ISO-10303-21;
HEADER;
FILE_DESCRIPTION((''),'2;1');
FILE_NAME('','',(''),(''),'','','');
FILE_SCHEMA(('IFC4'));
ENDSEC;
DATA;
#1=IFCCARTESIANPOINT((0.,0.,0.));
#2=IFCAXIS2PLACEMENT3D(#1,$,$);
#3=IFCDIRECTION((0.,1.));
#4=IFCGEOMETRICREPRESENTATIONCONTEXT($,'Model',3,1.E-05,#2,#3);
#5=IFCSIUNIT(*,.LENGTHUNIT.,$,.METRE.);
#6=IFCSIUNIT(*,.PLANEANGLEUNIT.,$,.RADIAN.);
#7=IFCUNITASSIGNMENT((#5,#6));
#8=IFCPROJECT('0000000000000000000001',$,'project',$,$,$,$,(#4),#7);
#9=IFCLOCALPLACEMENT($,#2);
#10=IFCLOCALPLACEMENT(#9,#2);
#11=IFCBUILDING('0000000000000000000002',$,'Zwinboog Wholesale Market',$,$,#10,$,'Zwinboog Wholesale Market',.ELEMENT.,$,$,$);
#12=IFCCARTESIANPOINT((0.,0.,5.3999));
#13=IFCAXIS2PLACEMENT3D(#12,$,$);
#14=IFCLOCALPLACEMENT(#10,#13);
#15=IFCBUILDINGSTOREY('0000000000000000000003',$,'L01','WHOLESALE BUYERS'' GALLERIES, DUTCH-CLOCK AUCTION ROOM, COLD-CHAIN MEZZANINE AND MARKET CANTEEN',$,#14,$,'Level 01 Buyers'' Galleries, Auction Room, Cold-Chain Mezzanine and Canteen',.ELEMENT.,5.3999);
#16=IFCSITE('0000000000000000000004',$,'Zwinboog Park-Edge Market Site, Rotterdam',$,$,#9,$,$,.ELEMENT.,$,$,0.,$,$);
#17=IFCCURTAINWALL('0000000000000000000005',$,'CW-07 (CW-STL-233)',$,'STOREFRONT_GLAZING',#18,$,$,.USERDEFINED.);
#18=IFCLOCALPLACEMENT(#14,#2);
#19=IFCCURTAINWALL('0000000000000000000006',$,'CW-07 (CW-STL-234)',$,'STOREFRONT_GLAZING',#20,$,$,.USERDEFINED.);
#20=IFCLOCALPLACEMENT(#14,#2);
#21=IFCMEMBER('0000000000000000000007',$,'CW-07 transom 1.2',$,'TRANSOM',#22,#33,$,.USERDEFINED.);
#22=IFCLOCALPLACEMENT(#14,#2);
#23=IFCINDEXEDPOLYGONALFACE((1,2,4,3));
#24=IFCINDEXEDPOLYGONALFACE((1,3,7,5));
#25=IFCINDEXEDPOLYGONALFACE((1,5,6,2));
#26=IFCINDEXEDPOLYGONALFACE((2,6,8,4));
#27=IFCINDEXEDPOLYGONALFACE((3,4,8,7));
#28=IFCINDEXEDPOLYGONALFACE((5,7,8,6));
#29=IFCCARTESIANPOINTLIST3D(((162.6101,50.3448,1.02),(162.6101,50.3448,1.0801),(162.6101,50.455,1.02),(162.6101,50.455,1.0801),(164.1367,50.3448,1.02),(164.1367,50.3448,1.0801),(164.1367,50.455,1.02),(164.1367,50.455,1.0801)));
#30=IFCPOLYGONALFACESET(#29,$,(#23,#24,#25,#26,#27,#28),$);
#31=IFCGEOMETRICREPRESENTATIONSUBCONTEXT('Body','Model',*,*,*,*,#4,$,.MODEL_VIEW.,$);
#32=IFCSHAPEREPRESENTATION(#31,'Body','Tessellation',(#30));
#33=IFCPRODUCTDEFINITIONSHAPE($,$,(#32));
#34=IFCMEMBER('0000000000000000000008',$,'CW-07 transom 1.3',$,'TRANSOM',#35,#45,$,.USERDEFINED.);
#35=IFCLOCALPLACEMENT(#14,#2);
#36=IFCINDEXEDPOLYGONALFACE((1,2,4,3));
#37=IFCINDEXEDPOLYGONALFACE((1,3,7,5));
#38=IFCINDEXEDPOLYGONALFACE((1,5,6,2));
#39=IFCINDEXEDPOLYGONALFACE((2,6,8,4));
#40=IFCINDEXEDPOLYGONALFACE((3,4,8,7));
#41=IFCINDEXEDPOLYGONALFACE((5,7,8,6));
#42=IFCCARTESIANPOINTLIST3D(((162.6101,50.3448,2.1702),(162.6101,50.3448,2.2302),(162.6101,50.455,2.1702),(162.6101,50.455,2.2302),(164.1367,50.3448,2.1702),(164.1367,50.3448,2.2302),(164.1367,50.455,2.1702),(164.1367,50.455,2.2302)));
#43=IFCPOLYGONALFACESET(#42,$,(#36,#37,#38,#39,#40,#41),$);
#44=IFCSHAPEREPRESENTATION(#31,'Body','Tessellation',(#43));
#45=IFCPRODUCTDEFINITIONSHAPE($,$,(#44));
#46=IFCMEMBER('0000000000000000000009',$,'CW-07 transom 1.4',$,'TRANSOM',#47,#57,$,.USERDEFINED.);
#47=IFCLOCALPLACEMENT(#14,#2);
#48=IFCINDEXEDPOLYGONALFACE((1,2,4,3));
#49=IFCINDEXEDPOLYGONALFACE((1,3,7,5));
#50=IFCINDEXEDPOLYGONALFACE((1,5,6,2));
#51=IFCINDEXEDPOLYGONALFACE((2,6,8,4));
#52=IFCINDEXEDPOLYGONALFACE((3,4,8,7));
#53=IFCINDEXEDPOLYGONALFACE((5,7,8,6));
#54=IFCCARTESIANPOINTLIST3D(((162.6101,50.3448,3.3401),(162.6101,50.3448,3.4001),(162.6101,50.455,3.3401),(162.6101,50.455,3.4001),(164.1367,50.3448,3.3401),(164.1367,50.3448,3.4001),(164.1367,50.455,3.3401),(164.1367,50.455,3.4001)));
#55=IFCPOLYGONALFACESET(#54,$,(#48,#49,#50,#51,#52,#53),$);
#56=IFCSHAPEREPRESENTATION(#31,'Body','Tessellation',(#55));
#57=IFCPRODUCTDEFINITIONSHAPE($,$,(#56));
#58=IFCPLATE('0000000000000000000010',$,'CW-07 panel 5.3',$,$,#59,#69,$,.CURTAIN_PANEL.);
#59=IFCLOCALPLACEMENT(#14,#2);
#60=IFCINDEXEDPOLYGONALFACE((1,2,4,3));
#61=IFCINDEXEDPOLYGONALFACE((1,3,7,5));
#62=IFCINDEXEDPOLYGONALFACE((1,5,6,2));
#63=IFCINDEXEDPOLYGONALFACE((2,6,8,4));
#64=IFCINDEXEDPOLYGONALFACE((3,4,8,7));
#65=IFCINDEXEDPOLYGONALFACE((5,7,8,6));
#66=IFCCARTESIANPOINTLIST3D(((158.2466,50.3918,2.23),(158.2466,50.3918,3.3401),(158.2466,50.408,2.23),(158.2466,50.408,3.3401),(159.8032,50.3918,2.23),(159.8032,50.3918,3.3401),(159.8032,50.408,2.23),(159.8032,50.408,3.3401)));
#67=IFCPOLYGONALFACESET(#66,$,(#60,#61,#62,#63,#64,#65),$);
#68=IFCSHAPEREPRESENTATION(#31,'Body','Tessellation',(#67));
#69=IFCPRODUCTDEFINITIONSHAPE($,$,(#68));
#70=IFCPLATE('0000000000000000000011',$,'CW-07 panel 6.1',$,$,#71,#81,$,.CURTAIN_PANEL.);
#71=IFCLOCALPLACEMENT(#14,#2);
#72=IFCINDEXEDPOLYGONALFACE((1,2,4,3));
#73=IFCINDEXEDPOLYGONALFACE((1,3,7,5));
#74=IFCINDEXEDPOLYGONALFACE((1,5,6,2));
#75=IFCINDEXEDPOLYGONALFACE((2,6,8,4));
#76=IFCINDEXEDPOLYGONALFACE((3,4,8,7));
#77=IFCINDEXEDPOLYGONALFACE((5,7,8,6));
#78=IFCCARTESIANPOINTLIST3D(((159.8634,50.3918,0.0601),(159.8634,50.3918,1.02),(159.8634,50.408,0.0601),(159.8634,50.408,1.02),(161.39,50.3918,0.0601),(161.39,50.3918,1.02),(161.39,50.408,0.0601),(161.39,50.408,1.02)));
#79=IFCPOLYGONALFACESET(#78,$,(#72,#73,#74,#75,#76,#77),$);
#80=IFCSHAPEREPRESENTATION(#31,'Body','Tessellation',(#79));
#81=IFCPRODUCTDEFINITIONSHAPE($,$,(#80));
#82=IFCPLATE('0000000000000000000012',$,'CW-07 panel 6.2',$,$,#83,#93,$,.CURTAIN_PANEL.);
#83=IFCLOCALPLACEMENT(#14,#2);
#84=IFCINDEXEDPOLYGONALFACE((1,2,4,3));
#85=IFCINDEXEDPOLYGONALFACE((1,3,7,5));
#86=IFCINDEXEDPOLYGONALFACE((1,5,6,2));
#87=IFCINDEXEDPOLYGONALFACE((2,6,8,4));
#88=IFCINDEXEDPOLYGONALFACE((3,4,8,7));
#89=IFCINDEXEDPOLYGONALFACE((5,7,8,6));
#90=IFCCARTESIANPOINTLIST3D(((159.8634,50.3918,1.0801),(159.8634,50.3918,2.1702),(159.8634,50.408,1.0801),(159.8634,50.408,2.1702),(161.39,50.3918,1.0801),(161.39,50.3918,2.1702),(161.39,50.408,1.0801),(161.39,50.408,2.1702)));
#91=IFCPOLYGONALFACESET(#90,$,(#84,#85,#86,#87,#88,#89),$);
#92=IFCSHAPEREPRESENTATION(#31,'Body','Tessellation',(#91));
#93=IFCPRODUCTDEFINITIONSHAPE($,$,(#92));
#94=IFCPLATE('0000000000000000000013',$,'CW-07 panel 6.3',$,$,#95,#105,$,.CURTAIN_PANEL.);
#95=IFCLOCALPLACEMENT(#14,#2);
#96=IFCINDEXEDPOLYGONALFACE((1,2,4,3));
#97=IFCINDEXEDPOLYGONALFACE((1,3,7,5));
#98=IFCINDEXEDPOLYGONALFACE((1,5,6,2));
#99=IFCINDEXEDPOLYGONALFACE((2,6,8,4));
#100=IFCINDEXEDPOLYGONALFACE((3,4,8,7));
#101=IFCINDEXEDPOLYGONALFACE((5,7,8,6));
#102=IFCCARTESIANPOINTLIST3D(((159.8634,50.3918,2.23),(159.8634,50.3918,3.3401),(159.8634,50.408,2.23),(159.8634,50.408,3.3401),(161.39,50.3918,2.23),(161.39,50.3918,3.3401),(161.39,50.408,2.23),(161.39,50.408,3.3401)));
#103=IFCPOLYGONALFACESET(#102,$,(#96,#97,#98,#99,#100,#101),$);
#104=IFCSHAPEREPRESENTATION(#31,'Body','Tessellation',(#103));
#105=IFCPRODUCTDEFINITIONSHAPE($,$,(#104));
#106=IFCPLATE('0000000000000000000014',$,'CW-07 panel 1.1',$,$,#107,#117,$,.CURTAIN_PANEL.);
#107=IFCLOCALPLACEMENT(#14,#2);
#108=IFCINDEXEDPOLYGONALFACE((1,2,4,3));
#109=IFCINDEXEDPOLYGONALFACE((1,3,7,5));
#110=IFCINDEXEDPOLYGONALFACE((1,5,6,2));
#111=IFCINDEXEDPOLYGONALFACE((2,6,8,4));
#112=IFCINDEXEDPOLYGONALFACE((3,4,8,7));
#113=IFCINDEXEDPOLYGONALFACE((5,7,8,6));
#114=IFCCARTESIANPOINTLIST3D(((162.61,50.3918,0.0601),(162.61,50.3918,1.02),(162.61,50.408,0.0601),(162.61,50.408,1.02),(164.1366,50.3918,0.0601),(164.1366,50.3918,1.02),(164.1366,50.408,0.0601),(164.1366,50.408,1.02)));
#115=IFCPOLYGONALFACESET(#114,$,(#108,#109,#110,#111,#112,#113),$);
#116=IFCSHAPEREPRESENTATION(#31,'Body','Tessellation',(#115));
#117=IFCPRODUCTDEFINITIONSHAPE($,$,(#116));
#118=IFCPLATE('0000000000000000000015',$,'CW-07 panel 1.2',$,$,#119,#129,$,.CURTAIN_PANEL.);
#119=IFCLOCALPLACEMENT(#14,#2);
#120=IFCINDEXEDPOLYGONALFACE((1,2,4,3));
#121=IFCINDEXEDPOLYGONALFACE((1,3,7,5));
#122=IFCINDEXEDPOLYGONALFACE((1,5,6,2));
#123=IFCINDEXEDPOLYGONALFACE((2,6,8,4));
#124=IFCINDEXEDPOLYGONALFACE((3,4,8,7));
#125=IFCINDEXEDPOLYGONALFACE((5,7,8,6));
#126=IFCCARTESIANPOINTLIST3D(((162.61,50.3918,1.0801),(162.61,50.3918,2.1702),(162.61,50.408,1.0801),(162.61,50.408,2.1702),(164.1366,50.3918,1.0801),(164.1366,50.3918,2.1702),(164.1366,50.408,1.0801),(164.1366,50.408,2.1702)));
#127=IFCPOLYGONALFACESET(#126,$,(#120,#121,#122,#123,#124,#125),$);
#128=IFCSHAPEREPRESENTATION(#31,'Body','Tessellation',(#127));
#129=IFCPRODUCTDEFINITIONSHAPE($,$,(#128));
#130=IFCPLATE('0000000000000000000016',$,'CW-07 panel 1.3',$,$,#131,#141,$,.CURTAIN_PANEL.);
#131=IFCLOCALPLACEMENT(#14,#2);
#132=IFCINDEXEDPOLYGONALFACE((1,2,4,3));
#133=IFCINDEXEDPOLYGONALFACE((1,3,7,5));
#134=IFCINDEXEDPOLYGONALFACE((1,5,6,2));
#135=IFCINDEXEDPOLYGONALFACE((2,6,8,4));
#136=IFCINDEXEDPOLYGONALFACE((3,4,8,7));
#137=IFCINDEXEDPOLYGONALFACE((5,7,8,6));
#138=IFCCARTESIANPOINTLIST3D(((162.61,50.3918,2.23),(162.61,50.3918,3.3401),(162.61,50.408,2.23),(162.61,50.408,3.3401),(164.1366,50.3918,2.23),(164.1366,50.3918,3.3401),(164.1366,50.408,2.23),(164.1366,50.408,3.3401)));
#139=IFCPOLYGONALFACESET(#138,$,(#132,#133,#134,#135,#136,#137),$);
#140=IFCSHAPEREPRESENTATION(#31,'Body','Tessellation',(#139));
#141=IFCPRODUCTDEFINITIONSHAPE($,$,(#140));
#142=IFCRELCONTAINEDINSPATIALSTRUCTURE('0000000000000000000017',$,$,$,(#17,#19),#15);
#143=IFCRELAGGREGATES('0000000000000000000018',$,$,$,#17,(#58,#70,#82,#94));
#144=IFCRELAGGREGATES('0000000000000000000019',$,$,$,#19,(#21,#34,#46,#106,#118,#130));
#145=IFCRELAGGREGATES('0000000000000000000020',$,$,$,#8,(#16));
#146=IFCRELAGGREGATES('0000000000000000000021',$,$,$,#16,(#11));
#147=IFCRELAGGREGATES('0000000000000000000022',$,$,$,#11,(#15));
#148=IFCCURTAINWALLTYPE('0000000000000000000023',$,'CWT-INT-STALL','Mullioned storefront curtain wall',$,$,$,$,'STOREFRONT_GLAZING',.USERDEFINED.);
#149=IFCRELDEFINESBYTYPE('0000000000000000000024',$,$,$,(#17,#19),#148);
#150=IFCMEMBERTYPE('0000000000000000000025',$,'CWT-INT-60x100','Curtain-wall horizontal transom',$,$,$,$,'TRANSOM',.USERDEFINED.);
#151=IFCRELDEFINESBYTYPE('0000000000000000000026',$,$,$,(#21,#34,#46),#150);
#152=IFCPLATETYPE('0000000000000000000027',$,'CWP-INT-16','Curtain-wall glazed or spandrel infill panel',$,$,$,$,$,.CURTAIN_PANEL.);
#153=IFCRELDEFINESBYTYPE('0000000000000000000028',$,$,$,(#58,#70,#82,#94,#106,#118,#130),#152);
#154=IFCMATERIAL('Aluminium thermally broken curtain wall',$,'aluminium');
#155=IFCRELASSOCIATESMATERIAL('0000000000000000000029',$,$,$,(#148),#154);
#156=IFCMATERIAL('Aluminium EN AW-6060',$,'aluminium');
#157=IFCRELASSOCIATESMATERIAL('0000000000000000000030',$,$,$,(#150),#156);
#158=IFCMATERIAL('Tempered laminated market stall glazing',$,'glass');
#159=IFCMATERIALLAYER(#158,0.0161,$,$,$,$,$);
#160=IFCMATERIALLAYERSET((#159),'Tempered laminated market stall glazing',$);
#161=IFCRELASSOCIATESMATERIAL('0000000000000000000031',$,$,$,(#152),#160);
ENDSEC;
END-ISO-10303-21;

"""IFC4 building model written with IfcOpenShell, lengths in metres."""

from ifc_helpers import new_model, si_unit, direction, frame, origin, origin_2d, place, context, subcontext, project, spatial, rectangle, extrude, material, layer, layer_set, material_profile, profile_set, type_object, element, aggregate, save


model = new_model("IFC4")

# Units and contexts
model_context = context("Model", 3, precision=1e-05, world=origin(), true_north=direction((0.0, 1.0)))
body_context = subcontext(model_context, "Body", "Model", "MODEL_VIEW")
ifc_project = project(units=[si_unit("LENGTHUNIT", "METRE"), si_unit("PLANEANGLEUNIT", "RADIAN")], contexts=[model_context])

# Site, building, storey
site_placement = place(None, origin())
site = spatial("IfcSite", under=ifc_project, at=site_placement, Name="Zwinboog Park-Edge Market Site, Rotterdam", CompositionType="ELEMENT", RefElevation=0.0)
building_placement = place(site_placement, origin())
building = spatial("IfcBuilding", under=site, at=building_placement, Name="Zwinboog Wholesale Market", LongName="Zwinboog Wholesale Market", CompositionType="ELEMENT")
storey_placement = place(building_placement, frame((0.0, 0.0, 5.3999)))
storey = spatial("IfcBuildingStorey", under=building, at=storey_placement, Name="L01", Description="WHOLESALE BUYERS' GALLERIES, DUTCH-CLOCK AUCTION ROOM, COLD-CHAIN MEZZANINE AND MARKET CANTEEN", LongName="Level 01 Buyers' Galleries, Auction Room, Cold-Chain Mezzanine and Canteen", CompositionType="ELEMENT", Elevation=5.3999)

# Curtain wall
ifc_material_1 = material(Name="Aluminium thermally broken curtain wall", Category="aluminium")
curtain_wall_type = type_object("IfcCurtainWallType", Name="CWT-INT-STALL", Description="Mullioned storefront curtain wall", ElementType="STOREFRONT_GLAZING", PredefinedType="USERDEFINED", material=ifc_material_1)
curtain_wall_1_placement = place(storey_placement, origin())
curtain_wall_1 = element("IfcCurtainWall", 1, at=curtain_wall_1_placement, inside=storey, type_object=curtain_wall_type, Name="CW-07 (CW-STL-233)", ObjectType="STOREFRONT_GLAZING", PredefinedType="USERDEFINED")
ifc_material_2 = material(Name="Aluminium EN AW-6060", Category="aluminium")

# Curtain wall
curtain_wall_2_placement = place(storey_placement, origin())
curtain_wall_2 = element("IfcCurtainWall", 2, at=curtain_wall_2_placement, inside=storey, type_object=curtain_wall_type, Name="CW-07 (CW-STL-234)", ObjectType="STOREFRONT_GLAZING", PredefinedType="USERDEFINED")

# Members
ifc_material_profile_1 = material_profile(ifc_material_2, rectangle(XDim=0.1101, YDim=0.0601, at=origin_2d()), Name="AL 60x110")
ifc_profile_set_1 = profile_set([ifc_material_profile_1], Name="Aluminium EN AW-6060")
member_type_1 = type_object("IfcMemberType", Name="CWT-INT-60x100", Description="Curtain-wall horizontal transom", ElementType="TRANSOM", PredefinedType="USERDEFINED", material=ifc_profile_set_1)
member_1_placement = place(storey_placement, frame((162.6101, 50.3999, 1.05), z_axis=(1.0, 0.0, 0.0), x_axis=(0.0, 1.0, 0.0)))
member_1 = element("IfcMember", 3, at=member_1_placement, type_object=member_type_1, Name="CW-07 transom 1.2", ObjectType="TRANSOM", PredefinedType="USERDEFINED", context=body_context, shape_type="SweptSolid", body=[
    extrude(rectangle(XDim=0.1101, YDim=0.0601, at=origin_2d()), origin(), (0.0, 0.0, 1.0), 1.5266),
])
member_2_placement = place(storey_placement, frame((162.6101, 50.3999, 2.2002), z_axis=(1.0, 0.0, 0.0), x_axis=(0.0, 1.0, 0.0)))
member_2 = element("IfcMember", 4, at=member_2_placement, type_object=member_type_1, Name="CW-07 transom 1.3", ObjectType="TRANSOM", PredefinedType="USERDEFINED", context=body_context, shape_type="SweptSolid", body=[
    extrude(rectangle(XDim=0.1101, YDim=0.0601, at=origin_2d()), origin(), (0.0, 0.0, 1.0), 1.5266),
])
member_3_placement = place(storey_placement, frame((162.6101, 50.3999, 3.3701), z_axis=(1.0, 0.0, 0.0), x_axis=(0.0, 1.0, 0.0)))
member_3 = element("IfcMember", 5, at=member_3_placement, type_object=member_type_1, Name="CW-07 transom 1.4", ObjectType="TRANSOM", PredefinedType="USERDEFINED", context=body_context, shape_type="SweptSolid", body=[
    extrude(rectangle(XDim=0.1101, YDim=0.0601, at=origin_2d()), origin(), (0.0, 0.0, 1.0), 1.5266),
])

# Plates
ifc_material_3 = material(Name="Tempered laminated market stall glazing", Category="glass")
ifc_layer = layer(ifc_material_3, 0.0161)
ifc_layer_set = layer_set([ifc_layer], Name="Tempered laminated market stall glazing")
plate_type = type_object("IfcPlateType", Name="CWP-INT-16", Description="Curtain-wall glazed or spandrel infill panel", PredefinedType="CURTAIN_PANEL", material=ifc_layer_set)
plate_1_placement = place(storey_placement, frame((159.0249, 50.3999, 2.23), z_axis=(0.0, 0.0, 1.0), x_axis=(1.0, 0.0, 0.0)))
plate_1 = element("IfcPlate", 6, at=plate_1_placement, type_object=plate_type, Name="CW-07 panel 5.3", PredefinedType="CURTAIN_PANEL", context=body_context, shape_type="SweptSolid", body=[
    extrude(rectangle(XDim=1.5566, YDim=0.0161, at=origin_2d()), origin(), (0.0, 0.0, 1.0), 1.1101),
])
plate_2_placement = place(storey_placement, frame((160.6267, 50.3999, 0.0601), z_axis=(0.0, 0.0, 1.0), x_axis=(1.0, 0.0, 0.0)))
plate_2 = element("IfcPlate", 7, at=plate_2_placement, type_object=plate_type, Name="CW-07 panel 6.1", PredefinedType="CURTAIN_PANEL", context=body_context, shape_type="SweptSolid", body=[
    extrude(rectangle(XDim=1.5266, YDim=0.0161, at=origin_2d()), origin(), (0.0, 0.0, 1.0), 0.96),
])
plate_3_placement = place(storey_placement, frame((160.6267, 50.3999, 1.0801), z_axis=(0.0, 0.0, 1.0), x_axis=(1.0, 0.0, 0.0)))
plate_3 = element("IfcPlate", 8, at=plate_3_placement, type_object=plate_type, Name="CW-07 panel 6.2", PredefinedType="CURTAIN_PANEL", context=body_context, shape_type="SweptSolid", body=[
    extrude(rectangle(XDim=1.5266, YDim=0.0161, at=origin_2d()), origin(), (0.0, 0.0, 1.0), 1.0901),
])
plate_4_placement = place(storey_placement, frame((160.6267, 50.3999, 2.23), z_axis=(0.0, 0.0, 1.0), x_axis=(1.0, 0.0, 0.0)))
plate_4 = element("IfcPlate", 9, at=plate_4_placement, type_object=plate_type, Name="CW-07 panel 6.3", PredefinedType="CURTAIN_PANEL", context=body_context, shape_type="SweptSolid", body=[
    extrude(rectangle(XDim=1.5266, YDim=0.0161, at=origin_2d()), origin(), (0.0, 0.0, 1.0), 1.1101),
])
aggregate(curtain_wall_1, [plate_1, plate_2, plate_3, plate_4])
plate_5_placement = place(storey_placement, frame((163.3733, 50.3999, 0.0601), z_axis=(0.0, 0.0, 1.0), x_axis=(1.0, 0.0, 0.0)))
plate_5 = element("IfcPlate", 10, at=plate_5_placement, type_object=plate_type, Name="CW-07 panel 1.1", PredefinedType="CURTAIN_PANEL", context=body_context, shape_type="SweptSolid", body=[
    extrude(rectangle(XDim=1.5266, YDim=0.0161, at=origin_2d()), origin(), (0.0, 0.0, 1.0), 0.96),
])
plate_6_placement = place(storey_placement, frame((163.3733, 50.3999, 1.0801), z_axis=(0.0, 0.0, 1.0), x_axis=(1.0, 0.0, 0.0)))
plate_6 = element("IfcPlate", 11, at=plate_6_placement, type_object=plate_type, Name="CW-07 panel 1.2", PredefinedType="CURTAIN_PANEL", context=body_context, shape_type="SweptSolid", body=[
    extrude(rectangle(XDim=1.5266, YDim=0.0161, at=origin_2d()), origin(), (0.0, 0.0, 1.0), 1.0901),
])
plate_7_placement = place(storey_placement, frame((163.3733, 50.3999, 2.23), z_axis=(0.0, 0.0, 1.0), x_axis=(1.0, 0.0, 0.0)))
plate_7 = element("IfcPlate", 12, at=plate_7_placement, type_object=plate_type, Name="CW-07 panel 1.3", PredefinedType="CURTAIN_PANEL", context=body_context, shape_type="SweptSolid", body=[
    extrude(rectangle(XDim=1.5266, YDim=0.0161, at=origin_2d()), origin(), (0.0, 0.0, 1.0), 1.1101),
])
aggregate(curtain_wall_2, [member_1, member_2, member_3, plate_5, plate_6, plate_7])

save(model, "model.ifc")
